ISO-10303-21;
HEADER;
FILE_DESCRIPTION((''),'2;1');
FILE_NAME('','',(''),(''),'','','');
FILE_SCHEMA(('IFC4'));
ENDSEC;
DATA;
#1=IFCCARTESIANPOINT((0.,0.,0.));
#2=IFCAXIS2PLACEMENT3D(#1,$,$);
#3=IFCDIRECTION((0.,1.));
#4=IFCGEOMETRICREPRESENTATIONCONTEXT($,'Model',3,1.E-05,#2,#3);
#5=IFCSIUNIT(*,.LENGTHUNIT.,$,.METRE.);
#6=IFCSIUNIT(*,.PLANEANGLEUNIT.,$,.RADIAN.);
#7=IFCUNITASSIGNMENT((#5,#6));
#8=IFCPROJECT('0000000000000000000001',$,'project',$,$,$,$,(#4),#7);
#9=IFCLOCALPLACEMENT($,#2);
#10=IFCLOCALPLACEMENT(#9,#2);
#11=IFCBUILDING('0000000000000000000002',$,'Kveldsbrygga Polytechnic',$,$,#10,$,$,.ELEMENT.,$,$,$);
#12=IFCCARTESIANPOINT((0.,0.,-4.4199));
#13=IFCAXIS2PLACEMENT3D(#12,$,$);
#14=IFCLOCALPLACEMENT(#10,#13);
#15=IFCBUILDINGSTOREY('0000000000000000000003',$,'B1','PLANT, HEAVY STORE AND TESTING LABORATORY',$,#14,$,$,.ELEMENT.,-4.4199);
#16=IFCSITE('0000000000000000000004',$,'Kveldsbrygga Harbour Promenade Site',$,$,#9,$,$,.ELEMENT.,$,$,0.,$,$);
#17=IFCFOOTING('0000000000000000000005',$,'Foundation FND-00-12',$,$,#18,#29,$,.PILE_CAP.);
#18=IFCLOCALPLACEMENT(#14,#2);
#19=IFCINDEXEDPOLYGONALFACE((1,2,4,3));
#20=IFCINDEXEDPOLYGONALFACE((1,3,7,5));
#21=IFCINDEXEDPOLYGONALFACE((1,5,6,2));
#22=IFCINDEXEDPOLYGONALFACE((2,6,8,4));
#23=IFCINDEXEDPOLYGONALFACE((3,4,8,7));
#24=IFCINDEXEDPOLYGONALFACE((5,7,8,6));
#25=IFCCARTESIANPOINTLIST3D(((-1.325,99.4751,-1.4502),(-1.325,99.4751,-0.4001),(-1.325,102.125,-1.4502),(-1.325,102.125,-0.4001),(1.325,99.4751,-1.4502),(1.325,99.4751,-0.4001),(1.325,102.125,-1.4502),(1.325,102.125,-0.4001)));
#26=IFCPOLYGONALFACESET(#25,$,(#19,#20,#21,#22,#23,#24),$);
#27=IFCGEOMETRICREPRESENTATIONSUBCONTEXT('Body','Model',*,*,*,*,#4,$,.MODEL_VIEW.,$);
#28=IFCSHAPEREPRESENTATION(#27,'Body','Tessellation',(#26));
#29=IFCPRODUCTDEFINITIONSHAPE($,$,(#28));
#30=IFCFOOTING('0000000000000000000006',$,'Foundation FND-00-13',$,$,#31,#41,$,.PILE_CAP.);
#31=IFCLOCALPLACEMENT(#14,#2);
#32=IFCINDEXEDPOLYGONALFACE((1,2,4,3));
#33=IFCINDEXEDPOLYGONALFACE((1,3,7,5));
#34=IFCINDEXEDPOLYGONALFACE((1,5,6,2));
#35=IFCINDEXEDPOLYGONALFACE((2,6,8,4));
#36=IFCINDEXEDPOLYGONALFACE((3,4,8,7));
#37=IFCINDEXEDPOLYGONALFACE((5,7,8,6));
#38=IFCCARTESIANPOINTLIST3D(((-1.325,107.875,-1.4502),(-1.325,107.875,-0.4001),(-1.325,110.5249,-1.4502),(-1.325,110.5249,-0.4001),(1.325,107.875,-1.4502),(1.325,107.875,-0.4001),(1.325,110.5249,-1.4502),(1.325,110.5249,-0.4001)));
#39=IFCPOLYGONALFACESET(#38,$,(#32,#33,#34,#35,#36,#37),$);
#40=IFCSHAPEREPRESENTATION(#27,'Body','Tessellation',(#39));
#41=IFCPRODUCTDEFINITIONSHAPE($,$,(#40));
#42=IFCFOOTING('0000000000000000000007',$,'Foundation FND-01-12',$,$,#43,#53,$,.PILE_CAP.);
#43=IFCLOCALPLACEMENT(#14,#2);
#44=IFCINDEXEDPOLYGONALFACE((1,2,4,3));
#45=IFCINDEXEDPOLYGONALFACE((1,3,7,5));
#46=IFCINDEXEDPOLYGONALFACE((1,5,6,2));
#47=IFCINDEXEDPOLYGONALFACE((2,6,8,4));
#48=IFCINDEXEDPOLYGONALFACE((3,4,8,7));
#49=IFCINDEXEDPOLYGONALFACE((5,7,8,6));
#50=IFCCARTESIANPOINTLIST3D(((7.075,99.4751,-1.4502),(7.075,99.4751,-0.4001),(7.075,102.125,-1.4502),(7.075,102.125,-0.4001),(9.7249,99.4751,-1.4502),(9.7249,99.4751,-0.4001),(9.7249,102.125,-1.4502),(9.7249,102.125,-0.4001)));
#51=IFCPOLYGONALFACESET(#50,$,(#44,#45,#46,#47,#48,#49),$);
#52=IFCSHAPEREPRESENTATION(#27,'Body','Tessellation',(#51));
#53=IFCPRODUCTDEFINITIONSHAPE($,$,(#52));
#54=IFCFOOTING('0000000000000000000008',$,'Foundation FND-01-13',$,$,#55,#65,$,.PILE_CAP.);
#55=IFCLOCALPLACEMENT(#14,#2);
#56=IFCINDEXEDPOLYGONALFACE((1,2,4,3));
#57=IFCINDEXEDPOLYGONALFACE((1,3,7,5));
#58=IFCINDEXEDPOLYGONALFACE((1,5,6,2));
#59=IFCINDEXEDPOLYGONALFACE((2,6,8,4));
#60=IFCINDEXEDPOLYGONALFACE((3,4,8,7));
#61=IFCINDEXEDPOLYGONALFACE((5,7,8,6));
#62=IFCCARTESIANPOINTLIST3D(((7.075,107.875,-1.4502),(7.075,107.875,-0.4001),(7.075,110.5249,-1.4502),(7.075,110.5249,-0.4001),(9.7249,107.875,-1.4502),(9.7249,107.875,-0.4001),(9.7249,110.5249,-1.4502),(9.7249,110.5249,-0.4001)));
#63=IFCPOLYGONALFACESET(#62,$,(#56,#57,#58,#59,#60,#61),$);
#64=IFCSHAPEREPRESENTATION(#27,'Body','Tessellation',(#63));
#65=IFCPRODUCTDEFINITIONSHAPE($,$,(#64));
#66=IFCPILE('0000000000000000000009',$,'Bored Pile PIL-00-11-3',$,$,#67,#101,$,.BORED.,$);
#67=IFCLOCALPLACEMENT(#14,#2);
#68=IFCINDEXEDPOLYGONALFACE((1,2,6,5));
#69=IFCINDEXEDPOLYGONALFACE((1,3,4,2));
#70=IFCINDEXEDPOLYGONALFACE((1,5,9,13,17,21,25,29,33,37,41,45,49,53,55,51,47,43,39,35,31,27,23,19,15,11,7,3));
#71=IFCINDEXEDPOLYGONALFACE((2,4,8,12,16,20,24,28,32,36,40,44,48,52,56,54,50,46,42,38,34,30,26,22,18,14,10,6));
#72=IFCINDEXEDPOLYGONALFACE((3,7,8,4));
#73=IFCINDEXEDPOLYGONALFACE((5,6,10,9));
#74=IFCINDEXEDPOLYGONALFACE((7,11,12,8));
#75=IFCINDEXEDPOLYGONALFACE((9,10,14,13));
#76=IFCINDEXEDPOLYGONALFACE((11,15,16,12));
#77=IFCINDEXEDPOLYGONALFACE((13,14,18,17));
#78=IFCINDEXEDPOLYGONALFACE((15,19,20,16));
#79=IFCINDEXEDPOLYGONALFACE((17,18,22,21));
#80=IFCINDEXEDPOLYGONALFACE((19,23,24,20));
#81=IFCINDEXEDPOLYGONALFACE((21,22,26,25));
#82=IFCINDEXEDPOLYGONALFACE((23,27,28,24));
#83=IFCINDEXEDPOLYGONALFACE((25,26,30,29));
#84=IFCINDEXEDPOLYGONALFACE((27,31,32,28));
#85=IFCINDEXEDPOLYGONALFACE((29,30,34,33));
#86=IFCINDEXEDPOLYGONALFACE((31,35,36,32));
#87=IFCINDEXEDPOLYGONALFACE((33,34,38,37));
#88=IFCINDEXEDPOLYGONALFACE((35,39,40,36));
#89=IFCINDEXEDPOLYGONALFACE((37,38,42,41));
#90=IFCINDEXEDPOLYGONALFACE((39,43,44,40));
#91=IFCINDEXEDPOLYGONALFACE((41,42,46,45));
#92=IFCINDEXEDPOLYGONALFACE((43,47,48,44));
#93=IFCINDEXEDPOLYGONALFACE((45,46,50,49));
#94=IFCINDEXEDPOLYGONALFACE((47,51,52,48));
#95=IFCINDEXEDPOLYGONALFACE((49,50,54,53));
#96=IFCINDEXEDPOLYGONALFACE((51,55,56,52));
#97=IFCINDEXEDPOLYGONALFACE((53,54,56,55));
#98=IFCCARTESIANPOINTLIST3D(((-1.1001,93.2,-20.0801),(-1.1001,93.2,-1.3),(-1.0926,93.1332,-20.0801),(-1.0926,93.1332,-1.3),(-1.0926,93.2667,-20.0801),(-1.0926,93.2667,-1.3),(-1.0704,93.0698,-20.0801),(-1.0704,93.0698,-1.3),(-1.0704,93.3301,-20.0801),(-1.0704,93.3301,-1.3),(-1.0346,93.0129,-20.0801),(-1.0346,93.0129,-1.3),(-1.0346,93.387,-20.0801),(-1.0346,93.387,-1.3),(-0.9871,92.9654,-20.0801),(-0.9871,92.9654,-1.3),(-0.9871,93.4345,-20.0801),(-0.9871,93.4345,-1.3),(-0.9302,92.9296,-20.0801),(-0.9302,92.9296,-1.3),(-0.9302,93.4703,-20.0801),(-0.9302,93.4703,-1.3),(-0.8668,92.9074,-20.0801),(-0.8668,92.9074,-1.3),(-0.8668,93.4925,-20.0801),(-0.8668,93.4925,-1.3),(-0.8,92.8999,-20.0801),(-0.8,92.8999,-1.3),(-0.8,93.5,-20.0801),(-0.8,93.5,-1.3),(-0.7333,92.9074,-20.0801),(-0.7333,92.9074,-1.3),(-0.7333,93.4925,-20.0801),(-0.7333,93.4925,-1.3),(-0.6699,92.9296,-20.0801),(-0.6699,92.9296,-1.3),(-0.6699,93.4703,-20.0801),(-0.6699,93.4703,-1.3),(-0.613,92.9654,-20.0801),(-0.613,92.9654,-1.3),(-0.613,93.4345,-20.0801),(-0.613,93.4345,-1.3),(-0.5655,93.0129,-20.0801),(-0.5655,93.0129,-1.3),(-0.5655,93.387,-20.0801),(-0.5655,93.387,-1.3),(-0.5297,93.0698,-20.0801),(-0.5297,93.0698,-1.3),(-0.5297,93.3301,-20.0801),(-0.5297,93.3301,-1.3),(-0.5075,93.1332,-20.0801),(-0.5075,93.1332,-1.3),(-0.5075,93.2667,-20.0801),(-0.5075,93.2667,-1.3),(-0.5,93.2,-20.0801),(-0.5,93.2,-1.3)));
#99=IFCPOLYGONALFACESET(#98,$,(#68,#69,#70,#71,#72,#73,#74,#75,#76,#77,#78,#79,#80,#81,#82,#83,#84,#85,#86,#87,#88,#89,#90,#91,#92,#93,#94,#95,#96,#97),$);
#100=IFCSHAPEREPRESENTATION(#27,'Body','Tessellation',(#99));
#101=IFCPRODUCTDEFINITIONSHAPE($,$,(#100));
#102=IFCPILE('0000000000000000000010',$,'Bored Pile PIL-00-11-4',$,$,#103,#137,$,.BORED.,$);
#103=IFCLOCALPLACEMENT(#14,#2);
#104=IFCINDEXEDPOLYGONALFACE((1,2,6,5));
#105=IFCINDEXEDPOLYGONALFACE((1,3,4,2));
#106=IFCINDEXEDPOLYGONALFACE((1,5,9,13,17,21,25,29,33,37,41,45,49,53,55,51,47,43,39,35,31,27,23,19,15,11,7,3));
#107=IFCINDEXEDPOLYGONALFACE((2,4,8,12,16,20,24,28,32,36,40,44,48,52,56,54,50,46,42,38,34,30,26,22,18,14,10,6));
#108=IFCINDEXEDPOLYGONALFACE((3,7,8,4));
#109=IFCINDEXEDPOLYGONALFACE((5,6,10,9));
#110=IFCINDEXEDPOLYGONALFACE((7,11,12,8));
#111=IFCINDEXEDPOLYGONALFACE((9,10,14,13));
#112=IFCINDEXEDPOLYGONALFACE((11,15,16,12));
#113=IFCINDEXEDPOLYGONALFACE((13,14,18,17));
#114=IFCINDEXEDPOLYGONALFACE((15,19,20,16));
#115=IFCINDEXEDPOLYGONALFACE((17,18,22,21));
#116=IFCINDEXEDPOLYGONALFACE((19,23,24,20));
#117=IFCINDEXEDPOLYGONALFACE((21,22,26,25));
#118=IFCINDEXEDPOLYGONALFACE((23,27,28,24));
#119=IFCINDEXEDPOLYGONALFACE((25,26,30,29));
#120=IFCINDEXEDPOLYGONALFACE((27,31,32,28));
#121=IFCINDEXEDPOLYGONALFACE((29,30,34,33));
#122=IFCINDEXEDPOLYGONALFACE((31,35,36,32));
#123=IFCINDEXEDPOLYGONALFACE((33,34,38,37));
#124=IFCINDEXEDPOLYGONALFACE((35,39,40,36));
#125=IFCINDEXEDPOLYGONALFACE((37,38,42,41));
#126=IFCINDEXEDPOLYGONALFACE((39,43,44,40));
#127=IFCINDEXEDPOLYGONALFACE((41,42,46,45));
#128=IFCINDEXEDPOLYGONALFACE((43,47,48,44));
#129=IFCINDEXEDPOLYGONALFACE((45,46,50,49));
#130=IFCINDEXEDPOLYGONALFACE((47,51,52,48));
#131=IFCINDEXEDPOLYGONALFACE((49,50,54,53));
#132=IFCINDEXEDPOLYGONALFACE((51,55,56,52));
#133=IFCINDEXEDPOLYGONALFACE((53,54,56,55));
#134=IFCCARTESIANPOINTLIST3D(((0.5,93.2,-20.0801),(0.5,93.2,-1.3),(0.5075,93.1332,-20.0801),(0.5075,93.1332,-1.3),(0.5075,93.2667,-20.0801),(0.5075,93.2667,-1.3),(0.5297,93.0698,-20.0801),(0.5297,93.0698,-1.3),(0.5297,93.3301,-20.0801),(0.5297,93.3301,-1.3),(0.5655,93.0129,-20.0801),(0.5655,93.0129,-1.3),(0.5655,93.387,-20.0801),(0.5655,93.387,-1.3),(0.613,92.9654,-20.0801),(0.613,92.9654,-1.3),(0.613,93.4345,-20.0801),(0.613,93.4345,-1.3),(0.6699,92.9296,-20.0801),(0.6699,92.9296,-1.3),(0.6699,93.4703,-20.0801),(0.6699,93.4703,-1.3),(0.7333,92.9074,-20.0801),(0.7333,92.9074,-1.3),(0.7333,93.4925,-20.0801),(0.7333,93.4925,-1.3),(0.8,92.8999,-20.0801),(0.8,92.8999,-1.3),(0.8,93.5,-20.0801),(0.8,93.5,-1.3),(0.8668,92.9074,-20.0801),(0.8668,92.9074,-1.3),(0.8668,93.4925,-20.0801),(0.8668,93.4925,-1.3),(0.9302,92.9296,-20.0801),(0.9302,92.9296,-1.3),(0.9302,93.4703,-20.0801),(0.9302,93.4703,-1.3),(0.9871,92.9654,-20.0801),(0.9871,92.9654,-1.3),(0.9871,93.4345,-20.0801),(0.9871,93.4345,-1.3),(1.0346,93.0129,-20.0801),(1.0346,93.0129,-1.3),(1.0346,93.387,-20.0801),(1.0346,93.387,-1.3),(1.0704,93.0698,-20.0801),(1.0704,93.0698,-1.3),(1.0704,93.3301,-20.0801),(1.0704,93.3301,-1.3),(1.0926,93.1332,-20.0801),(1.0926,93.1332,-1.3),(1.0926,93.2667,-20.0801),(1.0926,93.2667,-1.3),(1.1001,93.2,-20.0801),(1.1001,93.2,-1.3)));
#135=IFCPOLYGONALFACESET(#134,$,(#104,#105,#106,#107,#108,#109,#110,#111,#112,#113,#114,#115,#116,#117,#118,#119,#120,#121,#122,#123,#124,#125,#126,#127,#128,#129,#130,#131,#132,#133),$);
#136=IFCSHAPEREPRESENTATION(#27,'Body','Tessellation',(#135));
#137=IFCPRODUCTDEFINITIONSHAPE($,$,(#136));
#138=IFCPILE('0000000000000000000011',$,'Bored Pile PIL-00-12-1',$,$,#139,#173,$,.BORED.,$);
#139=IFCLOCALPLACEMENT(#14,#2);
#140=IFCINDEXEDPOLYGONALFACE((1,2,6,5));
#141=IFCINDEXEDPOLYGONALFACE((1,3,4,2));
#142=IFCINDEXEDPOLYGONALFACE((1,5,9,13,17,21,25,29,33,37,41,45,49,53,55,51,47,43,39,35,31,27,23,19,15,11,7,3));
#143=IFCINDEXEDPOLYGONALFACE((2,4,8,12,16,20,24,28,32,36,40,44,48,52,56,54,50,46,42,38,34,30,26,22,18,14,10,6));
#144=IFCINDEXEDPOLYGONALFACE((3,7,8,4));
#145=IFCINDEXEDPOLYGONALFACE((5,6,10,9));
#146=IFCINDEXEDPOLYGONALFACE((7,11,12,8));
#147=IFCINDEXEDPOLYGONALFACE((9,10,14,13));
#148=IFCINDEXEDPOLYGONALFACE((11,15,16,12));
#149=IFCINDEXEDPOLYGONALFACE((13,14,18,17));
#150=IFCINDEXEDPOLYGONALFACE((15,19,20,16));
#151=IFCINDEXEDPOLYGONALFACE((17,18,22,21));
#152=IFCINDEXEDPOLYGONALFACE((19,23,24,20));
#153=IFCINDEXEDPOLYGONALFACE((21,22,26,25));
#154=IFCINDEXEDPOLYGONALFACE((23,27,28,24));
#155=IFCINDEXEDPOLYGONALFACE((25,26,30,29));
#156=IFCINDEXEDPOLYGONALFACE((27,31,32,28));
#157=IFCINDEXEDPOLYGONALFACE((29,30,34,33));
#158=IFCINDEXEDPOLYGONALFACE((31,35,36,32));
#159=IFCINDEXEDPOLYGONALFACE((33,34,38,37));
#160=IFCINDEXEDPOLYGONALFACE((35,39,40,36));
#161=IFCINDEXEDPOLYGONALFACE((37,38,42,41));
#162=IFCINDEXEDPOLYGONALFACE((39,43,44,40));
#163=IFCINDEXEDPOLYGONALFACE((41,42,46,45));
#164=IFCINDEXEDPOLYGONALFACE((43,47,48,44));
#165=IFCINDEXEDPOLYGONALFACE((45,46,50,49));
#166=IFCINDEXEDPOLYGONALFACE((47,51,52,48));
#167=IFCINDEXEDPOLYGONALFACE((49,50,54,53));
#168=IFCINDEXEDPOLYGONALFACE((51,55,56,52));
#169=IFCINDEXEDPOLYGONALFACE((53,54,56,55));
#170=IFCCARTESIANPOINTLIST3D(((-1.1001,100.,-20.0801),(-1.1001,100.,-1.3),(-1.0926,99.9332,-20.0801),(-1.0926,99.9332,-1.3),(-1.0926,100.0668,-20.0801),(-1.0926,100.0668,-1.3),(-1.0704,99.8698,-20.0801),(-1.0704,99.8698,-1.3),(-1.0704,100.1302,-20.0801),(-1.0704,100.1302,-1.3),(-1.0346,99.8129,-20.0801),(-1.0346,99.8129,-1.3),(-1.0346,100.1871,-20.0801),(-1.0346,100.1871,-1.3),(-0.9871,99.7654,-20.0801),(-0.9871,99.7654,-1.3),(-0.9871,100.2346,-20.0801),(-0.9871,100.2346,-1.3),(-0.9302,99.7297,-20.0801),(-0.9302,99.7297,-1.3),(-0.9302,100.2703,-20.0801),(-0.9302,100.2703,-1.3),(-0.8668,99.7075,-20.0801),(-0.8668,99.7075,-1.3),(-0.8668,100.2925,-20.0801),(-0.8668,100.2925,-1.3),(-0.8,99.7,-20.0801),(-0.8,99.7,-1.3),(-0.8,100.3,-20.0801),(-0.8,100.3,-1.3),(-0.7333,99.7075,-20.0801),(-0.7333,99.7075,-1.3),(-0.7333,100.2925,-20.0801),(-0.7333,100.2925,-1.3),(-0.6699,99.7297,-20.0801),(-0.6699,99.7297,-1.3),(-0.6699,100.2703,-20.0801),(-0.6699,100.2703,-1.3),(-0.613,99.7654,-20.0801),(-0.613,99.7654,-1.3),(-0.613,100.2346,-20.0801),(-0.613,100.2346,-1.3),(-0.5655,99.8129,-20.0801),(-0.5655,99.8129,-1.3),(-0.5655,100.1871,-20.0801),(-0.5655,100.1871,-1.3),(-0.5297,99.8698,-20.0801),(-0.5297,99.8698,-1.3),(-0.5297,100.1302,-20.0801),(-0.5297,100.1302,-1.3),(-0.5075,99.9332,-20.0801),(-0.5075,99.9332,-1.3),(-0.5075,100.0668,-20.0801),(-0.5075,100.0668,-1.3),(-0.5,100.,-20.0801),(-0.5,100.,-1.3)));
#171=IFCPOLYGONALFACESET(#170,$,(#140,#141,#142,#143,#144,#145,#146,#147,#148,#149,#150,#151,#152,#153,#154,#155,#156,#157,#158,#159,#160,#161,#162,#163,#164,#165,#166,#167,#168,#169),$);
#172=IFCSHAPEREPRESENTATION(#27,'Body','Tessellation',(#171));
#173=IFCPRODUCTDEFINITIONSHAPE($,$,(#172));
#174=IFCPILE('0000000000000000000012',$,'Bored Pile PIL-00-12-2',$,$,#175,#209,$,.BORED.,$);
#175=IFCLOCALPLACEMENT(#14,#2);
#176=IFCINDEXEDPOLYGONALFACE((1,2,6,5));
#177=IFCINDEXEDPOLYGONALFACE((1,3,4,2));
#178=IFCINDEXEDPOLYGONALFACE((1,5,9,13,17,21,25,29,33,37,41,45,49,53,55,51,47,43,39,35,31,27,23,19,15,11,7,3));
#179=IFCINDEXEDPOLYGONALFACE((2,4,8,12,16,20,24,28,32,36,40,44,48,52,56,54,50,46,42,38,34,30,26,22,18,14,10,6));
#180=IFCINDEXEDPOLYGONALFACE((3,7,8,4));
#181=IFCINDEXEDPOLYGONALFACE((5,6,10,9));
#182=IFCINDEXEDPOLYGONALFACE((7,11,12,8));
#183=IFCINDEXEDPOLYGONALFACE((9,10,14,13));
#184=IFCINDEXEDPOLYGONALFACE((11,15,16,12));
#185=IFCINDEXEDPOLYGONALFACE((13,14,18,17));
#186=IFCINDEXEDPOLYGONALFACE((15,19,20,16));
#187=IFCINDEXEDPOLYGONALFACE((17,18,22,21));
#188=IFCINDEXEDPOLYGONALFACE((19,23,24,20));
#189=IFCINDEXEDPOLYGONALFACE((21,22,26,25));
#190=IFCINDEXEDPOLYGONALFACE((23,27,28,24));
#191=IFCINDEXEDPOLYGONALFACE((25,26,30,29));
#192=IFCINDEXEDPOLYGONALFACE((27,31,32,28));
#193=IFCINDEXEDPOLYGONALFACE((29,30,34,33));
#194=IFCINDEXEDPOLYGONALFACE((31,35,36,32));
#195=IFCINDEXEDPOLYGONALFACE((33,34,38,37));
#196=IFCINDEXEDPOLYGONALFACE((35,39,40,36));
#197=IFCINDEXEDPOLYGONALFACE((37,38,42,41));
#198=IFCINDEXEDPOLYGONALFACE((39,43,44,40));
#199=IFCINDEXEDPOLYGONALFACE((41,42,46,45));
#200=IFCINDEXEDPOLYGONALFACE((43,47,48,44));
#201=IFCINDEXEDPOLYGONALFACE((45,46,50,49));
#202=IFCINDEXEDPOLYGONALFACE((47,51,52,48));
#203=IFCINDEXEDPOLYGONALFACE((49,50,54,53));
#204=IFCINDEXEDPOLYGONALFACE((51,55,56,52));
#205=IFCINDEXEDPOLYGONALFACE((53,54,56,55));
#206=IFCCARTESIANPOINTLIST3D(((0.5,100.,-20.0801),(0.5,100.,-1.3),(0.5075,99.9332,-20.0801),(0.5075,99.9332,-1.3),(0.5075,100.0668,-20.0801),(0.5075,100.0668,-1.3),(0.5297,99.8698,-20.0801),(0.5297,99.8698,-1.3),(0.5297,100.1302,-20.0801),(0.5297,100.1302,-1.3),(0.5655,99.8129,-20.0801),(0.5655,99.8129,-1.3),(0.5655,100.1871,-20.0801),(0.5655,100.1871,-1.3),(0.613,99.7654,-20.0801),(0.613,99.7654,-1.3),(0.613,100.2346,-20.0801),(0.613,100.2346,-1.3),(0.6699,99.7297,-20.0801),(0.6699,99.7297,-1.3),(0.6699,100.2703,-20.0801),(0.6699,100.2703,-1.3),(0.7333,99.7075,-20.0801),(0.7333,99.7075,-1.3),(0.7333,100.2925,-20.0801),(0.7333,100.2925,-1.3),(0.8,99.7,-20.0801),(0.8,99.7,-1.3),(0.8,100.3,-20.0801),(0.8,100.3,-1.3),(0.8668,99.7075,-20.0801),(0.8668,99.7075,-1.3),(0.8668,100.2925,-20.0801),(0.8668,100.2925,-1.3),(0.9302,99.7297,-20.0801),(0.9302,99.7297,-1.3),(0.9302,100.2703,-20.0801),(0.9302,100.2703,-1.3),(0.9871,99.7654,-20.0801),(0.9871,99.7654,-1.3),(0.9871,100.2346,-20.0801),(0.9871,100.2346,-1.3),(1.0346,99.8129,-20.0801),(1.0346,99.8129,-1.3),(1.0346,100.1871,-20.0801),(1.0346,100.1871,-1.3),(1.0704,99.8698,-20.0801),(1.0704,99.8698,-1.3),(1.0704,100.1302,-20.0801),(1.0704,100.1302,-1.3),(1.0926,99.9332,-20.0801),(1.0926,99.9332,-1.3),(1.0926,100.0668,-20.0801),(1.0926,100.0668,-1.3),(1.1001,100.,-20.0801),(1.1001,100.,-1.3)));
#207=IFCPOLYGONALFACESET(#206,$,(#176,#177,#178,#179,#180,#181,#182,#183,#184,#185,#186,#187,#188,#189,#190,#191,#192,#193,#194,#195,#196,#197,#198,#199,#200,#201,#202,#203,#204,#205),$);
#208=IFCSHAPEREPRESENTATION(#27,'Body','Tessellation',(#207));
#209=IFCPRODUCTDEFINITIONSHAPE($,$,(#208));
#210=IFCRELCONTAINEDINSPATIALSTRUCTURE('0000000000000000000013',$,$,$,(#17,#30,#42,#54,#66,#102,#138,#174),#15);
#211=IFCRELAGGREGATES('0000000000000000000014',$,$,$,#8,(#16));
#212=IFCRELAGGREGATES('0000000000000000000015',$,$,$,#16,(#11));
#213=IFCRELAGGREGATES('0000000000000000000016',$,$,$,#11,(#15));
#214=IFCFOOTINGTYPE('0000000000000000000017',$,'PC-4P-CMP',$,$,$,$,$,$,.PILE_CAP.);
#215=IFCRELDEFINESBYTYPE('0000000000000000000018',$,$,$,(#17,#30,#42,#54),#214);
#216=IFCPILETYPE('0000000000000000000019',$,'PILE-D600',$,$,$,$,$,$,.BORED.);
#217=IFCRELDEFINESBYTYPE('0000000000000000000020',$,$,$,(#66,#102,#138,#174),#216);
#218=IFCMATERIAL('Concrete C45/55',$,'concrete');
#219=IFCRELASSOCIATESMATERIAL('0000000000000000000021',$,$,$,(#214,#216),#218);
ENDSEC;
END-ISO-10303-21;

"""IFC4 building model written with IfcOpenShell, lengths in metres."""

from ifc_helpers import new_model, si_unit, direction, frame, origin, origin_2d, place, context, subcontext, project, spatial, rectangle, circle, extrude, material, material_profile, profile_set, type_object, element, save


model = new_model("IFC4")

# Units and contexts
model_context = context("Model", 3, precision=1e-05, world=origin(), true_north=direction((0.0, 1.0)))
body_context = subcontext(model_context, "Body", "Model", "MODEL_VIEW")
ifc_project = project(units=[si_unit("LENGTHUNIT", "METRE"), si_unit("PLANEANGLEUNIT", "RADIAN")], contexts=[model_context])

# Site, building, storey
site_placement = place(None, origin())
site = spatial("IfcSite", under=ifc_project, at=site_placement, Name="Kveldsbrygga Harbour Promenade Site", CompositionType="ELEMENT", RefElevation=0.0)
building_placement = place(site_placement, origin())
building = spatial("IfcBuilding", under=site, at=building_placement, Name="Kveldsbrygga Polytechnic", CompositionType="ELEMENT")
storey_placement = place(building_placement, frame((0.0, 0.0, -4.4199)))
storey = spatial("IfcBuildingStorey", under=building, at=storey_placement, Name="B1", Description="PLANT, HEAVY STORE AND TESTING LABORATORY", CompositionType="ELEMENT", Elevation=-4.4199)

# Footings
ifc_material_1 = material(Name="Concrete C45/55", Category="concrete")
footing_type = type_object("IfcFootingType", Name="PC-4P-CMP", PredefinedType="PILE_CAP", material=ifc_material_1)
for number, where, z_axis, x_axis, name in (
    (1, (0.0, 100.8, -1.4502), (0.0, 0.0, 1.0), (1.0, 0.0, 0.0), "Foundation FND-00-12"),
    (2, (0.0, 109.2, -1.4502), (0.0, 0.0, 1.0), (1.0, 0.0, 0.0), "Foundation FND-00-13"),
    (3, (8.3999, 100.8, -1.4502), (0.0, 0.0, 1.0), (1.0, 0.0, 0.0), "Foundation FND-01-12"),
    (4, (8.3999, 109.2, -1.4502), (0.0, 0.0, 1.0), (1.0, 0.0, 0.0), "Foundation FND-01-13"),
):
    element("IfcFooting", number, at=place(storey_placement, frame(where, z_axis=z_axis, x_axis=x_axis)), inside=storey, type_object=footing_type, Name=name, PredefinedType="PILE_CAP", context=body_context, shape_type="SweptSolid", body=[
        extrude(rectangle(XDim=2.6499, YDim=2.6499, at=origin_2d()), origin(), (0.0, 0.0, 1.0), 1.05),
    ])

# Piles
ifc_material_profile_1 = material_profile(ifc_material_1, circle(Radius=0.3, at=origin_2d()), Name="PILE D600")
ifc_profile_set_1 = profile_set([ifc_material_profile_1], Name="Concrete C45/55")
pile_type = type_object("IfcPileType", Name="PILE-D600", PredefinedType="BORED", material=ifc_profile_set_1)
for number, where, z_axis, x_axis, name in (
    (5, (-0.8, 93.2, -1.3), (0.0, 0.0, -1.0), (1.0, 0.0, 0.0), "Bored Pile PIL-00-11-3"),
    (6, (0.8, 93.2, -1.3), (0.0, 0.0, -1.0), (1.0, 0.0, 0.0), "Bored Pile PIL-00-11-4"),
    (7, (-0.8, 100.0, -1.3), (0.0, 0.0, -1.0), (1.0, 0.0, 0.0), "Bored Pile PIL-00-12-1"),
    (8, (0.8, 100.0, -1.3), (0.0, 0.0, -1.0), (1.0, 0.0, 0.0), "Bored Pile PIL-00-12-2"),
):
    element("IfcPile", number, at=place(storey_placement, frame(where, z_axis=z_axis, x_axis=x_axis)), inside=storey, type_object=pile_type, Name=name, PredefinedType="BORED", context=body_context, shape_type="SweptSolid", body=[
        extrude(circle(Radius=0.3, at=origin_2d()), origin(), (0.0, 0.0, 1.0), 18.78),
    ])

save(model, "model.ifc")
